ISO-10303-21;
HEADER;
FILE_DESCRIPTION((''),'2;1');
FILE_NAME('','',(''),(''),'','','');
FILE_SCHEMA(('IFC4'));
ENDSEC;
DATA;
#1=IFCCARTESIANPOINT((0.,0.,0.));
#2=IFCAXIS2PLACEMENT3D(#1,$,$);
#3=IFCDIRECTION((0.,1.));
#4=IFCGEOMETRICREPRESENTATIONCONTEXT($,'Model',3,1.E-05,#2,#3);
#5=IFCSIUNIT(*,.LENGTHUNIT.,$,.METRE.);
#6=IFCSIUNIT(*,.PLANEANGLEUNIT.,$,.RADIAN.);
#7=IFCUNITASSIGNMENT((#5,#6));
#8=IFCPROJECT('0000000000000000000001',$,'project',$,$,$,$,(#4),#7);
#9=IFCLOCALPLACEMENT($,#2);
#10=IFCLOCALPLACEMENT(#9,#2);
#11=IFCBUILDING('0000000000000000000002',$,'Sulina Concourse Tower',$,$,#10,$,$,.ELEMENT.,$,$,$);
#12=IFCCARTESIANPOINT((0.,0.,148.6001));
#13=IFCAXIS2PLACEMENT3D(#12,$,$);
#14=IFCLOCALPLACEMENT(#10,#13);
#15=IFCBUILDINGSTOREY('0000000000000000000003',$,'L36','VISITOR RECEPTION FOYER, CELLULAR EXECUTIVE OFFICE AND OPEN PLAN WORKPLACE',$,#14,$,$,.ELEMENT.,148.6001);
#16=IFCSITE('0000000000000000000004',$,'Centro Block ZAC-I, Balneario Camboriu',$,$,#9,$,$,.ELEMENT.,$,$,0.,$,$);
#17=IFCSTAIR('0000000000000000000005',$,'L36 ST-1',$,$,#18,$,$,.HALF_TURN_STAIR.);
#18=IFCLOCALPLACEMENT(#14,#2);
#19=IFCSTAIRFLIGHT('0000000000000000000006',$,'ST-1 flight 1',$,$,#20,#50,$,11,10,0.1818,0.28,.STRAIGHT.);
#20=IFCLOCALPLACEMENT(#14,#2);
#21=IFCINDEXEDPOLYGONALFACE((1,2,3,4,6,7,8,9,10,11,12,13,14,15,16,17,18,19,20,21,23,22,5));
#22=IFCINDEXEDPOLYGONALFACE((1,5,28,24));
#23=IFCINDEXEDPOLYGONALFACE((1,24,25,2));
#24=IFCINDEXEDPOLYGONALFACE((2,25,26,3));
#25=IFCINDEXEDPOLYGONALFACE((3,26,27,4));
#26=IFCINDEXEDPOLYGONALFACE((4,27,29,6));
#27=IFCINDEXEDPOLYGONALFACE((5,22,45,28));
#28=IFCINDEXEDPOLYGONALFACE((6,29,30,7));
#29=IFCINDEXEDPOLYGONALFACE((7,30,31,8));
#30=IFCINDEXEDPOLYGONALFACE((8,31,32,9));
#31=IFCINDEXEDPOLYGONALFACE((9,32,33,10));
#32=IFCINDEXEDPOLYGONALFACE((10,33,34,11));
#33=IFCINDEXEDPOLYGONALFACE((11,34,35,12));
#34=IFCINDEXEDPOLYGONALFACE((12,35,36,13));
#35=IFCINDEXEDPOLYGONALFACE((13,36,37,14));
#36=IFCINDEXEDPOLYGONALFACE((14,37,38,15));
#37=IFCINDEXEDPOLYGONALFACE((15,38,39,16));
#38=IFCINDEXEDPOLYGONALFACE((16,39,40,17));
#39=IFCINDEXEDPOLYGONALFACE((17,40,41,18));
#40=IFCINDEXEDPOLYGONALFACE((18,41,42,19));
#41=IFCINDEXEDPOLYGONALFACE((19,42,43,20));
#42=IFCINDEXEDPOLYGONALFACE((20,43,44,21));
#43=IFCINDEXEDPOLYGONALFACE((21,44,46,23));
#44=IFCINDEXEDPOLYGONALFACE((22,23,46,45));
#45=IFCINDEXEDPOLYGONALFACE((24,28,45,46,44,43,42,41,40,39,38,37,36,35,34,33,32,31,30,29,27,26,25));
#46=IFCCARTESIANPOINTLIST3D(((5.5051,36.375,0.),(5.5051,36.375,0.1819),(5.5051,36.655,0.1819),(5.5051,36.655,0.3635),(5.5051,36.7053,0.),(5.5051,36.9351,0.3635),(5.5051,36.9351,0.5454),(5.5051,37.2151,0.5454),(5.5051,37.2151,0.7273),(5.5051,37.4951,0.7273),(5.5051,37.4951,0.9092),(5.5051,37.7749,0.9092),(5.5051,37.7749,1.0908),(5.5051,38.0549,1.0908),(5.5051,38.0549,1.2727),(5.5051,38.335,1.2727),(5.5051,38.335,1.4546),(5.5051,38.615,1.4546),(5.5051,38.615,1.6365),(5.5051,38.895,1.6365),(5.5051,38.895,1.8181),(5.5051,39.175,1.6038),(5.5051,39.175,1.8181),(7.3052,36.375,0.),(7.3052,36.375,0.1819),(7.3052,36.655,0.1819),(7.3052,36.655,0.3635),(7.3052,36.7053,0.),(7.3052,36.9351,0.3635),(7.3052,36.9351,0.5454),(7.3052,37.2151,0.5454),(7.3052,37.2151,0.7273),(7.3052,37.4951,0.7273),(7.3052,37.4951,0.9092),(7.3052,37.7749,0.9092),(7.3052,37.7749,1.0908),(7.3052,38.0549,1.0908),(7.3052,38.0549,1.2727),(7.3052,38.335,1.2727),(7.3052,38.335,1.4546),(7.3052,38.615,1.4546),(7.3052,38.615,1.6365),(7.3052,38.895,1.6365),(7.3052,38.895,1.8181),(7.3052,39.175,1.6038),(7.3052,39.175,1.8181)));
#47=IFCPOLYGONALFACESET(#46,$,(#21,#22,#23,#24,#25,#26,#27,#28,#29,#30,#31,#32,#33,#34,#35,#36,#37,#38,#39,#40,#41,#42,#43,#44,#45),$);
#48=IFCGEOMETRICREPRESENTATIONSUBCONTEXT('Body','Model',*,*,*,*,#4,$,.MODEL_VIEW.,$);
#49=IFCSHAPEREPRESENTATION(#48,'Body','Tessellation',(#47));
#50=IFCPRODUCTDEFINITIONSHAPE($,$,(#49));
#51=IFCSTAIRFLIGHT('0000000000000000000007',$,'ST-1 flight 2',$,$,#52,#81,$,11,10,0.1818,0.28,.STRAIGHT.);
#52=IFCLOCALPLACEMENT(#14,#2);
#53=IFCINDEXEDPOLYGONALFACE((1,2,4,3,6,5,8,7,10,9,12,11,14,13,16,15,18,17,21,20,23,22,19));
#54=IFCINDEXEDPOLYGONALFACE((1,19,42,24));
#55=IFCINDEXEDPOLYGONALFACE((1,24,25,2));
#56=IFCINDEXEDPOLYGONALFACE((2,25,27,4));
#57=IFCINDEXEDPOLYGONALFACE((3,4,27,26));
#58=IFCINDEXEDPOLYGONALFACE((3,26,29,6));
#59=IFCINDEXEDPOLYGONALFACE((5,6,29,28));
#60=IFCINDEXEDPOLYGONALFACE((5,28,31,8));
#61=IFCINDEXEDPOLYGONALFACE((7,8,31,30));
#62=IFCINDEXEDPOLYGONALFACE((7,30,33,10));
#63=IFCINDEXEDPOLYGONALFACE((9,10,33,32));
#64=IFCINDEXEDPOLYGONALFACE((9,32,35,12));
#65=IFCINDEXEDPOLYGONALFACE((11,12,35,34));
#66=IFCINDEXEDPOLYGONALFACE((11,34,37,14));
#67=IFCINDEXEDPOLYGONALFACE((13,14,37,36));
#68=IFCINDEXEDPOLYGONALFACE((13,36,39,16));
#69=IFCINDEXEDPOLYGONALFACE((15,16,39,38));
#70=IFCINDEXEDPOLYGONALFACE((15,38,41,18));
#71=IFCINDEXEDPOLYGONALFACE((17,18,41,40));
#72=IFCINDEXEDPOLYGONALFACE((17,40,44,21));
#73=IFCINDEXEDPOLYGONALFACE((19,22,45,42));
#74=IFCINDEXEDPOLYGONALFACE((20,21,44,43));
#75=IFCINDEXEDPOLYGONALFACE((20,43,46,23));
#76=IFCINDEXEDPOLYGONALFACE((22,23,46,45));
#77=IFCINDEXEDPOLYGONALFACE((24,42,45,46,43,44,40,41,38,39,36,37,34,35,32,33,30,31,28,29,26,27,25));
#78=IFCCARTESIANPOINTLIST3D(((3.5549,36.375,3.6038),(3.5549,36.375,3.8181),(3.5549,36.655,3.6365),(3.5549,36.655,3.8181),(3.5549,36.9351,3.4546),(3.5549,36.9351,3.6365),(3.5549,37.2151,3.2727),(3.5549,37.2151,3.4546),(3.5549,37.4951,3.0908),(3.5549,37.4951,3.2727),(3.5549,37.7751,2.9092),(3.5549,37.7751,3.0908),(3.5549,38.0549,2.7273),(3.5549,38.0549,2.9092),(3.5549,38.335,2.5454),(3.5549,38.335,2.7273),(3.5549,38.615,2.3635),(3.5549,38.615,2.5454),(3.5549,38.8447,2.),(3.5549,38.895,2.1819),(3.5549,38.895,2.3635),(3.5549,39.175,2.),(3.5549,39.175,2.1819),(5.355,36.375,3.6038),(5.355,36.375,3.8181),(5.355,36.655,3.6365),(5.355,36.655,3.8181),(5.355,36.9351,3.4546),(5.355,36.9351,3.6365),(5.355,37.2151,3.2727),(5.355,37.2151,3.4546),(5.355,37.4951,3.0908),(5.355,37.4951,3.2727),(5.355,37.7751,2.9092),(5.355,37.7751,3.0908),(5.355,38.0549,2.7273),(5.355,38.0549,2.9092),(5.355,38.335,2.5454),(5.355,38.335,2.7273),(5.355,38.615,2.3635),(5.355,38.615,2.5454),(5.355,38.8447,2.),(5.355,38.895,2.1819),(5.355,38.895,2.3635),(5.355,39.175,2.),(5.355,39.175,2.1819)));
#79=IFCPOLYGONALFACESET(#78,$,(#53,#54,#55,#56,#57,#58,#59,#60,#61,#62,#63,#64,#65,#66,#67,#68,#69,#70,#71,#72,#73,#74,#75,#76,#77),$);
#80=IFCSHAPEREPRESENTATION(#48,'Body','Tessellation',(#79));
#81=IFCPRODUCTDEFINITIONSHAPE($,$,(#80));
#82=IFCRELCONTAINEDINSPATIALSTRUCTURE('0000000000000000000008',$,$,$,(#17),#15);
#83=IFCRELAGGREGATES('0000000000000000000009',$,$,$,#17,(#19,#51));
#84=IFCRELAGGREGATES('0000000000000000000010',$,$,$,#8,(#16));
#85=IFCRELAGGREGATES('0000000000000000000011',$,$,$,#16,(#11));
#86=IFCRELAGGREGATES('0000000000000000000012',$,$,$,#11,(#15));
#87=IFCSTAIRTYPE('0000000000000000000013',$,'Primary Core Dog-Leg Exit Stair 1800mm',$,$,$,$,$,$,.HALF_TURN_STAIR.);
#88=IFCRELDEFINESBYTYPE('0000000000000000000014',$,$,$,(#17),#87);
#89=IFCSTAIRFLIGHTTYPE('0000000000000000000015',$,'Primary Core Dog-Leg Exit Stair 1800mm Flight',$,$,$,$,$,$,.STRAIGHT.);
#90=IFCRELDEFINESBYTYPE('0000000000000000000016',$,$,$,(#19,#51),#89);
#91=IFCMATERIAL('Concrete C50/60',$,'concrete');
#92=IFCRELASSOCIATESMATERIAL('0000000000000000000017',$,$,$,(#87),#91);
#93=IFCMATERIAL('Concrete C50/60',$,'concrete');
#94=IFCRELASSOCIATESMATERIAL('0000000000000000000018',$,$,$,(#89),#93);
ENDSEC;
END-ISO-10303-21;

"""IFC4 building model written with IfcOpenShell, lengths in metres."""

from ifc_helpers import new_model, si_unit, direction, frame, origin, place, context, subcontext, project, spatial, polyline, outline, extrude, material, type_object, element, aggregate, save


model = new_model("IFC4")

# Units and contexts
model_context = context("Model", 3, precision=1e-05, world=origin(), true_north=direction((0.0, 1.0)))
body_context = subcontext(model_context, "Body", "Model", "MODEL_VIEW")
ifc_project = project(units=[si_unit("LENGTHUNIT", "METRE"), si_unit("PLANEANGLEUNIT", "RADIAN")], contexts=[model_context])

# Site, building, storey
site_placement = place(None, origin())
site = spatial("IfcSite", under=ifc_project, at=site_placement, Name="Centro Block ZAC-I, Balneario Camboriu", CompositionType="ELEMENT", RefElevation=0.0)
building_placement = place(site_placement, origin())
building = spatial("IfcBuilding", under=site, at=building_placement, Name="Sulina Concourse Tower", CompositionType="ELEMENT")
storey_placement = place(building_placement, frame((0.0, 0.0, 148.6001)))
storey = spatial("IfcBuildingStorey", under=building, at=storey_placement, Name="L36", Description="VISITOR RECEPTION FOYER, CELLULAR EXECUTIVE OFFICE AND OPEN PLAN WORKPLACE", CompositionType="ELEMENT", Elevation=148.6001)

# Stair, stair flights
ifc_material_1 = material(Name="Concrete C50/60", Category="concrete")
stair_type = type_object("IfcStairType", Name="Primary Core Dog-Leg Exit Stair 1800mm", PredefinedType="HALF_TURN_STAIR", material=ifc_material_1)
stair_placement = place(storey_placement, origin())
stair = element("IfcStair", 1, at=stair_placement, inside=storey, type_object=stair_type, Name="L36 ST-1", PredefinedType="HALF_TURN_STAIR")
ifc_material_2 = material(Name="Concrete C50/60", Category="concrete")
stair_flight_type = type_object("IfcStairFlightType", Name="Primary Core Dog-Leg Exit Stair 1800mm Flight", PredefinedType="STRAIGHT", material=ifc_material_2)
stair_flight_1_placement = place(storey_placement, frame((6.405, 36.375, 0.0), z_axis=(0.0, 0.0, 1.0), x_axis=(0.0, 1.0, 0.0)))
stair_flight_1 = element("IfcStairFlight", 2, at=stair_flight_1_placement, type_object=stair_flight_type, Name="ST-1 flight 1", NumberOfRisers=11, NumberOfTreads=10, PredefinedType="STRAIGHT", RiserHeight=0.1818, TreadLength=0.28, context=body_context, shape_type="SweptSolid", body=[
    extrude(outline(polyline([(0.0, 0.0), (0.0, 0.1819), (0.28, 0.1819), (0.28, 0.3635), (0.5601, 0.3635), (0.5601, 0.5454), (0.8401, 0.5454), (0.8401, 0.7273), (1.1201, 0.7273), (1.1201, 0.9092), (1.3999, 0.9092), (1.3999, 1.0908), (1.6799, 1.0908), (1.6799, 1.2727), (1.96, 1.2727), (1.96, 1.4546), (2.24, 1.4546), (2.24, 1.6365), (2.52, 1.6365), (2.52, 1.8181), (2.8, 1.8181), (2.8, 2.0), (2.8, 1.6038), (0.3303, 0.0), (0.0, 0.0)])), frame((0.0, 0.8999, 0.0), z_axis=(0.0, -1.0, 0.0), x_axis=(1.0, 0.0, 0.0)), (0.0, 0.0, 1.0), 1.8),
])
stair_flight_2_placement = place(storey_placement, frame((4.4551, 39.175, 2.0), z_axis=(0.0, 0.0, 1.0), x_axis=(0.0, -1.0, 0.0)))
stair_flight_2 = element("IfcStairFlight", 3, at=stair_flight_2_placement, type_object=stair_flight_type, Name="ST-1 flight 2", NumberOfRisers=11, NumberOfTreads=10, PredefinedType="STRAIGHT", RiserHeight=0.1818, TreadLength=0.28, context=body_context, shape_type="SweptSolid", body=[
    extrude(outline(polyline([(0.0, 0.0), (0.0, 0.1819), (0.28, 0.1819), (0.28, 0.3635), (0.5601, 0.3635), (0.5601, 0.5454), (0.8401, 0.5454), (0.8401, 0.7273), (1.1201, 0.7273), (1.1201, 0.9092), (1.3999, 0.9092), (1.3999, 1.0908), (1.6799, 1.0908), (1.6799, 1.2727), (1.96, 1.2727), (1.96, 1.4546), (2.24, 1.4546), (2.24, 1.6365), (2.52, 1.6365), (2.52, 1.8181), (2.8, 1.8181), (2.8, 2.0), (2.8, 1.6038), (0.3303, 0.0), (0.0, 0.0)])), frame((0.0, 0.8999, 0.0), z_axis=(0.0, -1.0, 0.0), x_axis=(1.0, 0.0, 0.0)), (0.0, 0.0, 1.0), 1.8),
])
aggregate(stair, [stair_flight_1, stair_flight_2])

save(model, "model.ifc")
